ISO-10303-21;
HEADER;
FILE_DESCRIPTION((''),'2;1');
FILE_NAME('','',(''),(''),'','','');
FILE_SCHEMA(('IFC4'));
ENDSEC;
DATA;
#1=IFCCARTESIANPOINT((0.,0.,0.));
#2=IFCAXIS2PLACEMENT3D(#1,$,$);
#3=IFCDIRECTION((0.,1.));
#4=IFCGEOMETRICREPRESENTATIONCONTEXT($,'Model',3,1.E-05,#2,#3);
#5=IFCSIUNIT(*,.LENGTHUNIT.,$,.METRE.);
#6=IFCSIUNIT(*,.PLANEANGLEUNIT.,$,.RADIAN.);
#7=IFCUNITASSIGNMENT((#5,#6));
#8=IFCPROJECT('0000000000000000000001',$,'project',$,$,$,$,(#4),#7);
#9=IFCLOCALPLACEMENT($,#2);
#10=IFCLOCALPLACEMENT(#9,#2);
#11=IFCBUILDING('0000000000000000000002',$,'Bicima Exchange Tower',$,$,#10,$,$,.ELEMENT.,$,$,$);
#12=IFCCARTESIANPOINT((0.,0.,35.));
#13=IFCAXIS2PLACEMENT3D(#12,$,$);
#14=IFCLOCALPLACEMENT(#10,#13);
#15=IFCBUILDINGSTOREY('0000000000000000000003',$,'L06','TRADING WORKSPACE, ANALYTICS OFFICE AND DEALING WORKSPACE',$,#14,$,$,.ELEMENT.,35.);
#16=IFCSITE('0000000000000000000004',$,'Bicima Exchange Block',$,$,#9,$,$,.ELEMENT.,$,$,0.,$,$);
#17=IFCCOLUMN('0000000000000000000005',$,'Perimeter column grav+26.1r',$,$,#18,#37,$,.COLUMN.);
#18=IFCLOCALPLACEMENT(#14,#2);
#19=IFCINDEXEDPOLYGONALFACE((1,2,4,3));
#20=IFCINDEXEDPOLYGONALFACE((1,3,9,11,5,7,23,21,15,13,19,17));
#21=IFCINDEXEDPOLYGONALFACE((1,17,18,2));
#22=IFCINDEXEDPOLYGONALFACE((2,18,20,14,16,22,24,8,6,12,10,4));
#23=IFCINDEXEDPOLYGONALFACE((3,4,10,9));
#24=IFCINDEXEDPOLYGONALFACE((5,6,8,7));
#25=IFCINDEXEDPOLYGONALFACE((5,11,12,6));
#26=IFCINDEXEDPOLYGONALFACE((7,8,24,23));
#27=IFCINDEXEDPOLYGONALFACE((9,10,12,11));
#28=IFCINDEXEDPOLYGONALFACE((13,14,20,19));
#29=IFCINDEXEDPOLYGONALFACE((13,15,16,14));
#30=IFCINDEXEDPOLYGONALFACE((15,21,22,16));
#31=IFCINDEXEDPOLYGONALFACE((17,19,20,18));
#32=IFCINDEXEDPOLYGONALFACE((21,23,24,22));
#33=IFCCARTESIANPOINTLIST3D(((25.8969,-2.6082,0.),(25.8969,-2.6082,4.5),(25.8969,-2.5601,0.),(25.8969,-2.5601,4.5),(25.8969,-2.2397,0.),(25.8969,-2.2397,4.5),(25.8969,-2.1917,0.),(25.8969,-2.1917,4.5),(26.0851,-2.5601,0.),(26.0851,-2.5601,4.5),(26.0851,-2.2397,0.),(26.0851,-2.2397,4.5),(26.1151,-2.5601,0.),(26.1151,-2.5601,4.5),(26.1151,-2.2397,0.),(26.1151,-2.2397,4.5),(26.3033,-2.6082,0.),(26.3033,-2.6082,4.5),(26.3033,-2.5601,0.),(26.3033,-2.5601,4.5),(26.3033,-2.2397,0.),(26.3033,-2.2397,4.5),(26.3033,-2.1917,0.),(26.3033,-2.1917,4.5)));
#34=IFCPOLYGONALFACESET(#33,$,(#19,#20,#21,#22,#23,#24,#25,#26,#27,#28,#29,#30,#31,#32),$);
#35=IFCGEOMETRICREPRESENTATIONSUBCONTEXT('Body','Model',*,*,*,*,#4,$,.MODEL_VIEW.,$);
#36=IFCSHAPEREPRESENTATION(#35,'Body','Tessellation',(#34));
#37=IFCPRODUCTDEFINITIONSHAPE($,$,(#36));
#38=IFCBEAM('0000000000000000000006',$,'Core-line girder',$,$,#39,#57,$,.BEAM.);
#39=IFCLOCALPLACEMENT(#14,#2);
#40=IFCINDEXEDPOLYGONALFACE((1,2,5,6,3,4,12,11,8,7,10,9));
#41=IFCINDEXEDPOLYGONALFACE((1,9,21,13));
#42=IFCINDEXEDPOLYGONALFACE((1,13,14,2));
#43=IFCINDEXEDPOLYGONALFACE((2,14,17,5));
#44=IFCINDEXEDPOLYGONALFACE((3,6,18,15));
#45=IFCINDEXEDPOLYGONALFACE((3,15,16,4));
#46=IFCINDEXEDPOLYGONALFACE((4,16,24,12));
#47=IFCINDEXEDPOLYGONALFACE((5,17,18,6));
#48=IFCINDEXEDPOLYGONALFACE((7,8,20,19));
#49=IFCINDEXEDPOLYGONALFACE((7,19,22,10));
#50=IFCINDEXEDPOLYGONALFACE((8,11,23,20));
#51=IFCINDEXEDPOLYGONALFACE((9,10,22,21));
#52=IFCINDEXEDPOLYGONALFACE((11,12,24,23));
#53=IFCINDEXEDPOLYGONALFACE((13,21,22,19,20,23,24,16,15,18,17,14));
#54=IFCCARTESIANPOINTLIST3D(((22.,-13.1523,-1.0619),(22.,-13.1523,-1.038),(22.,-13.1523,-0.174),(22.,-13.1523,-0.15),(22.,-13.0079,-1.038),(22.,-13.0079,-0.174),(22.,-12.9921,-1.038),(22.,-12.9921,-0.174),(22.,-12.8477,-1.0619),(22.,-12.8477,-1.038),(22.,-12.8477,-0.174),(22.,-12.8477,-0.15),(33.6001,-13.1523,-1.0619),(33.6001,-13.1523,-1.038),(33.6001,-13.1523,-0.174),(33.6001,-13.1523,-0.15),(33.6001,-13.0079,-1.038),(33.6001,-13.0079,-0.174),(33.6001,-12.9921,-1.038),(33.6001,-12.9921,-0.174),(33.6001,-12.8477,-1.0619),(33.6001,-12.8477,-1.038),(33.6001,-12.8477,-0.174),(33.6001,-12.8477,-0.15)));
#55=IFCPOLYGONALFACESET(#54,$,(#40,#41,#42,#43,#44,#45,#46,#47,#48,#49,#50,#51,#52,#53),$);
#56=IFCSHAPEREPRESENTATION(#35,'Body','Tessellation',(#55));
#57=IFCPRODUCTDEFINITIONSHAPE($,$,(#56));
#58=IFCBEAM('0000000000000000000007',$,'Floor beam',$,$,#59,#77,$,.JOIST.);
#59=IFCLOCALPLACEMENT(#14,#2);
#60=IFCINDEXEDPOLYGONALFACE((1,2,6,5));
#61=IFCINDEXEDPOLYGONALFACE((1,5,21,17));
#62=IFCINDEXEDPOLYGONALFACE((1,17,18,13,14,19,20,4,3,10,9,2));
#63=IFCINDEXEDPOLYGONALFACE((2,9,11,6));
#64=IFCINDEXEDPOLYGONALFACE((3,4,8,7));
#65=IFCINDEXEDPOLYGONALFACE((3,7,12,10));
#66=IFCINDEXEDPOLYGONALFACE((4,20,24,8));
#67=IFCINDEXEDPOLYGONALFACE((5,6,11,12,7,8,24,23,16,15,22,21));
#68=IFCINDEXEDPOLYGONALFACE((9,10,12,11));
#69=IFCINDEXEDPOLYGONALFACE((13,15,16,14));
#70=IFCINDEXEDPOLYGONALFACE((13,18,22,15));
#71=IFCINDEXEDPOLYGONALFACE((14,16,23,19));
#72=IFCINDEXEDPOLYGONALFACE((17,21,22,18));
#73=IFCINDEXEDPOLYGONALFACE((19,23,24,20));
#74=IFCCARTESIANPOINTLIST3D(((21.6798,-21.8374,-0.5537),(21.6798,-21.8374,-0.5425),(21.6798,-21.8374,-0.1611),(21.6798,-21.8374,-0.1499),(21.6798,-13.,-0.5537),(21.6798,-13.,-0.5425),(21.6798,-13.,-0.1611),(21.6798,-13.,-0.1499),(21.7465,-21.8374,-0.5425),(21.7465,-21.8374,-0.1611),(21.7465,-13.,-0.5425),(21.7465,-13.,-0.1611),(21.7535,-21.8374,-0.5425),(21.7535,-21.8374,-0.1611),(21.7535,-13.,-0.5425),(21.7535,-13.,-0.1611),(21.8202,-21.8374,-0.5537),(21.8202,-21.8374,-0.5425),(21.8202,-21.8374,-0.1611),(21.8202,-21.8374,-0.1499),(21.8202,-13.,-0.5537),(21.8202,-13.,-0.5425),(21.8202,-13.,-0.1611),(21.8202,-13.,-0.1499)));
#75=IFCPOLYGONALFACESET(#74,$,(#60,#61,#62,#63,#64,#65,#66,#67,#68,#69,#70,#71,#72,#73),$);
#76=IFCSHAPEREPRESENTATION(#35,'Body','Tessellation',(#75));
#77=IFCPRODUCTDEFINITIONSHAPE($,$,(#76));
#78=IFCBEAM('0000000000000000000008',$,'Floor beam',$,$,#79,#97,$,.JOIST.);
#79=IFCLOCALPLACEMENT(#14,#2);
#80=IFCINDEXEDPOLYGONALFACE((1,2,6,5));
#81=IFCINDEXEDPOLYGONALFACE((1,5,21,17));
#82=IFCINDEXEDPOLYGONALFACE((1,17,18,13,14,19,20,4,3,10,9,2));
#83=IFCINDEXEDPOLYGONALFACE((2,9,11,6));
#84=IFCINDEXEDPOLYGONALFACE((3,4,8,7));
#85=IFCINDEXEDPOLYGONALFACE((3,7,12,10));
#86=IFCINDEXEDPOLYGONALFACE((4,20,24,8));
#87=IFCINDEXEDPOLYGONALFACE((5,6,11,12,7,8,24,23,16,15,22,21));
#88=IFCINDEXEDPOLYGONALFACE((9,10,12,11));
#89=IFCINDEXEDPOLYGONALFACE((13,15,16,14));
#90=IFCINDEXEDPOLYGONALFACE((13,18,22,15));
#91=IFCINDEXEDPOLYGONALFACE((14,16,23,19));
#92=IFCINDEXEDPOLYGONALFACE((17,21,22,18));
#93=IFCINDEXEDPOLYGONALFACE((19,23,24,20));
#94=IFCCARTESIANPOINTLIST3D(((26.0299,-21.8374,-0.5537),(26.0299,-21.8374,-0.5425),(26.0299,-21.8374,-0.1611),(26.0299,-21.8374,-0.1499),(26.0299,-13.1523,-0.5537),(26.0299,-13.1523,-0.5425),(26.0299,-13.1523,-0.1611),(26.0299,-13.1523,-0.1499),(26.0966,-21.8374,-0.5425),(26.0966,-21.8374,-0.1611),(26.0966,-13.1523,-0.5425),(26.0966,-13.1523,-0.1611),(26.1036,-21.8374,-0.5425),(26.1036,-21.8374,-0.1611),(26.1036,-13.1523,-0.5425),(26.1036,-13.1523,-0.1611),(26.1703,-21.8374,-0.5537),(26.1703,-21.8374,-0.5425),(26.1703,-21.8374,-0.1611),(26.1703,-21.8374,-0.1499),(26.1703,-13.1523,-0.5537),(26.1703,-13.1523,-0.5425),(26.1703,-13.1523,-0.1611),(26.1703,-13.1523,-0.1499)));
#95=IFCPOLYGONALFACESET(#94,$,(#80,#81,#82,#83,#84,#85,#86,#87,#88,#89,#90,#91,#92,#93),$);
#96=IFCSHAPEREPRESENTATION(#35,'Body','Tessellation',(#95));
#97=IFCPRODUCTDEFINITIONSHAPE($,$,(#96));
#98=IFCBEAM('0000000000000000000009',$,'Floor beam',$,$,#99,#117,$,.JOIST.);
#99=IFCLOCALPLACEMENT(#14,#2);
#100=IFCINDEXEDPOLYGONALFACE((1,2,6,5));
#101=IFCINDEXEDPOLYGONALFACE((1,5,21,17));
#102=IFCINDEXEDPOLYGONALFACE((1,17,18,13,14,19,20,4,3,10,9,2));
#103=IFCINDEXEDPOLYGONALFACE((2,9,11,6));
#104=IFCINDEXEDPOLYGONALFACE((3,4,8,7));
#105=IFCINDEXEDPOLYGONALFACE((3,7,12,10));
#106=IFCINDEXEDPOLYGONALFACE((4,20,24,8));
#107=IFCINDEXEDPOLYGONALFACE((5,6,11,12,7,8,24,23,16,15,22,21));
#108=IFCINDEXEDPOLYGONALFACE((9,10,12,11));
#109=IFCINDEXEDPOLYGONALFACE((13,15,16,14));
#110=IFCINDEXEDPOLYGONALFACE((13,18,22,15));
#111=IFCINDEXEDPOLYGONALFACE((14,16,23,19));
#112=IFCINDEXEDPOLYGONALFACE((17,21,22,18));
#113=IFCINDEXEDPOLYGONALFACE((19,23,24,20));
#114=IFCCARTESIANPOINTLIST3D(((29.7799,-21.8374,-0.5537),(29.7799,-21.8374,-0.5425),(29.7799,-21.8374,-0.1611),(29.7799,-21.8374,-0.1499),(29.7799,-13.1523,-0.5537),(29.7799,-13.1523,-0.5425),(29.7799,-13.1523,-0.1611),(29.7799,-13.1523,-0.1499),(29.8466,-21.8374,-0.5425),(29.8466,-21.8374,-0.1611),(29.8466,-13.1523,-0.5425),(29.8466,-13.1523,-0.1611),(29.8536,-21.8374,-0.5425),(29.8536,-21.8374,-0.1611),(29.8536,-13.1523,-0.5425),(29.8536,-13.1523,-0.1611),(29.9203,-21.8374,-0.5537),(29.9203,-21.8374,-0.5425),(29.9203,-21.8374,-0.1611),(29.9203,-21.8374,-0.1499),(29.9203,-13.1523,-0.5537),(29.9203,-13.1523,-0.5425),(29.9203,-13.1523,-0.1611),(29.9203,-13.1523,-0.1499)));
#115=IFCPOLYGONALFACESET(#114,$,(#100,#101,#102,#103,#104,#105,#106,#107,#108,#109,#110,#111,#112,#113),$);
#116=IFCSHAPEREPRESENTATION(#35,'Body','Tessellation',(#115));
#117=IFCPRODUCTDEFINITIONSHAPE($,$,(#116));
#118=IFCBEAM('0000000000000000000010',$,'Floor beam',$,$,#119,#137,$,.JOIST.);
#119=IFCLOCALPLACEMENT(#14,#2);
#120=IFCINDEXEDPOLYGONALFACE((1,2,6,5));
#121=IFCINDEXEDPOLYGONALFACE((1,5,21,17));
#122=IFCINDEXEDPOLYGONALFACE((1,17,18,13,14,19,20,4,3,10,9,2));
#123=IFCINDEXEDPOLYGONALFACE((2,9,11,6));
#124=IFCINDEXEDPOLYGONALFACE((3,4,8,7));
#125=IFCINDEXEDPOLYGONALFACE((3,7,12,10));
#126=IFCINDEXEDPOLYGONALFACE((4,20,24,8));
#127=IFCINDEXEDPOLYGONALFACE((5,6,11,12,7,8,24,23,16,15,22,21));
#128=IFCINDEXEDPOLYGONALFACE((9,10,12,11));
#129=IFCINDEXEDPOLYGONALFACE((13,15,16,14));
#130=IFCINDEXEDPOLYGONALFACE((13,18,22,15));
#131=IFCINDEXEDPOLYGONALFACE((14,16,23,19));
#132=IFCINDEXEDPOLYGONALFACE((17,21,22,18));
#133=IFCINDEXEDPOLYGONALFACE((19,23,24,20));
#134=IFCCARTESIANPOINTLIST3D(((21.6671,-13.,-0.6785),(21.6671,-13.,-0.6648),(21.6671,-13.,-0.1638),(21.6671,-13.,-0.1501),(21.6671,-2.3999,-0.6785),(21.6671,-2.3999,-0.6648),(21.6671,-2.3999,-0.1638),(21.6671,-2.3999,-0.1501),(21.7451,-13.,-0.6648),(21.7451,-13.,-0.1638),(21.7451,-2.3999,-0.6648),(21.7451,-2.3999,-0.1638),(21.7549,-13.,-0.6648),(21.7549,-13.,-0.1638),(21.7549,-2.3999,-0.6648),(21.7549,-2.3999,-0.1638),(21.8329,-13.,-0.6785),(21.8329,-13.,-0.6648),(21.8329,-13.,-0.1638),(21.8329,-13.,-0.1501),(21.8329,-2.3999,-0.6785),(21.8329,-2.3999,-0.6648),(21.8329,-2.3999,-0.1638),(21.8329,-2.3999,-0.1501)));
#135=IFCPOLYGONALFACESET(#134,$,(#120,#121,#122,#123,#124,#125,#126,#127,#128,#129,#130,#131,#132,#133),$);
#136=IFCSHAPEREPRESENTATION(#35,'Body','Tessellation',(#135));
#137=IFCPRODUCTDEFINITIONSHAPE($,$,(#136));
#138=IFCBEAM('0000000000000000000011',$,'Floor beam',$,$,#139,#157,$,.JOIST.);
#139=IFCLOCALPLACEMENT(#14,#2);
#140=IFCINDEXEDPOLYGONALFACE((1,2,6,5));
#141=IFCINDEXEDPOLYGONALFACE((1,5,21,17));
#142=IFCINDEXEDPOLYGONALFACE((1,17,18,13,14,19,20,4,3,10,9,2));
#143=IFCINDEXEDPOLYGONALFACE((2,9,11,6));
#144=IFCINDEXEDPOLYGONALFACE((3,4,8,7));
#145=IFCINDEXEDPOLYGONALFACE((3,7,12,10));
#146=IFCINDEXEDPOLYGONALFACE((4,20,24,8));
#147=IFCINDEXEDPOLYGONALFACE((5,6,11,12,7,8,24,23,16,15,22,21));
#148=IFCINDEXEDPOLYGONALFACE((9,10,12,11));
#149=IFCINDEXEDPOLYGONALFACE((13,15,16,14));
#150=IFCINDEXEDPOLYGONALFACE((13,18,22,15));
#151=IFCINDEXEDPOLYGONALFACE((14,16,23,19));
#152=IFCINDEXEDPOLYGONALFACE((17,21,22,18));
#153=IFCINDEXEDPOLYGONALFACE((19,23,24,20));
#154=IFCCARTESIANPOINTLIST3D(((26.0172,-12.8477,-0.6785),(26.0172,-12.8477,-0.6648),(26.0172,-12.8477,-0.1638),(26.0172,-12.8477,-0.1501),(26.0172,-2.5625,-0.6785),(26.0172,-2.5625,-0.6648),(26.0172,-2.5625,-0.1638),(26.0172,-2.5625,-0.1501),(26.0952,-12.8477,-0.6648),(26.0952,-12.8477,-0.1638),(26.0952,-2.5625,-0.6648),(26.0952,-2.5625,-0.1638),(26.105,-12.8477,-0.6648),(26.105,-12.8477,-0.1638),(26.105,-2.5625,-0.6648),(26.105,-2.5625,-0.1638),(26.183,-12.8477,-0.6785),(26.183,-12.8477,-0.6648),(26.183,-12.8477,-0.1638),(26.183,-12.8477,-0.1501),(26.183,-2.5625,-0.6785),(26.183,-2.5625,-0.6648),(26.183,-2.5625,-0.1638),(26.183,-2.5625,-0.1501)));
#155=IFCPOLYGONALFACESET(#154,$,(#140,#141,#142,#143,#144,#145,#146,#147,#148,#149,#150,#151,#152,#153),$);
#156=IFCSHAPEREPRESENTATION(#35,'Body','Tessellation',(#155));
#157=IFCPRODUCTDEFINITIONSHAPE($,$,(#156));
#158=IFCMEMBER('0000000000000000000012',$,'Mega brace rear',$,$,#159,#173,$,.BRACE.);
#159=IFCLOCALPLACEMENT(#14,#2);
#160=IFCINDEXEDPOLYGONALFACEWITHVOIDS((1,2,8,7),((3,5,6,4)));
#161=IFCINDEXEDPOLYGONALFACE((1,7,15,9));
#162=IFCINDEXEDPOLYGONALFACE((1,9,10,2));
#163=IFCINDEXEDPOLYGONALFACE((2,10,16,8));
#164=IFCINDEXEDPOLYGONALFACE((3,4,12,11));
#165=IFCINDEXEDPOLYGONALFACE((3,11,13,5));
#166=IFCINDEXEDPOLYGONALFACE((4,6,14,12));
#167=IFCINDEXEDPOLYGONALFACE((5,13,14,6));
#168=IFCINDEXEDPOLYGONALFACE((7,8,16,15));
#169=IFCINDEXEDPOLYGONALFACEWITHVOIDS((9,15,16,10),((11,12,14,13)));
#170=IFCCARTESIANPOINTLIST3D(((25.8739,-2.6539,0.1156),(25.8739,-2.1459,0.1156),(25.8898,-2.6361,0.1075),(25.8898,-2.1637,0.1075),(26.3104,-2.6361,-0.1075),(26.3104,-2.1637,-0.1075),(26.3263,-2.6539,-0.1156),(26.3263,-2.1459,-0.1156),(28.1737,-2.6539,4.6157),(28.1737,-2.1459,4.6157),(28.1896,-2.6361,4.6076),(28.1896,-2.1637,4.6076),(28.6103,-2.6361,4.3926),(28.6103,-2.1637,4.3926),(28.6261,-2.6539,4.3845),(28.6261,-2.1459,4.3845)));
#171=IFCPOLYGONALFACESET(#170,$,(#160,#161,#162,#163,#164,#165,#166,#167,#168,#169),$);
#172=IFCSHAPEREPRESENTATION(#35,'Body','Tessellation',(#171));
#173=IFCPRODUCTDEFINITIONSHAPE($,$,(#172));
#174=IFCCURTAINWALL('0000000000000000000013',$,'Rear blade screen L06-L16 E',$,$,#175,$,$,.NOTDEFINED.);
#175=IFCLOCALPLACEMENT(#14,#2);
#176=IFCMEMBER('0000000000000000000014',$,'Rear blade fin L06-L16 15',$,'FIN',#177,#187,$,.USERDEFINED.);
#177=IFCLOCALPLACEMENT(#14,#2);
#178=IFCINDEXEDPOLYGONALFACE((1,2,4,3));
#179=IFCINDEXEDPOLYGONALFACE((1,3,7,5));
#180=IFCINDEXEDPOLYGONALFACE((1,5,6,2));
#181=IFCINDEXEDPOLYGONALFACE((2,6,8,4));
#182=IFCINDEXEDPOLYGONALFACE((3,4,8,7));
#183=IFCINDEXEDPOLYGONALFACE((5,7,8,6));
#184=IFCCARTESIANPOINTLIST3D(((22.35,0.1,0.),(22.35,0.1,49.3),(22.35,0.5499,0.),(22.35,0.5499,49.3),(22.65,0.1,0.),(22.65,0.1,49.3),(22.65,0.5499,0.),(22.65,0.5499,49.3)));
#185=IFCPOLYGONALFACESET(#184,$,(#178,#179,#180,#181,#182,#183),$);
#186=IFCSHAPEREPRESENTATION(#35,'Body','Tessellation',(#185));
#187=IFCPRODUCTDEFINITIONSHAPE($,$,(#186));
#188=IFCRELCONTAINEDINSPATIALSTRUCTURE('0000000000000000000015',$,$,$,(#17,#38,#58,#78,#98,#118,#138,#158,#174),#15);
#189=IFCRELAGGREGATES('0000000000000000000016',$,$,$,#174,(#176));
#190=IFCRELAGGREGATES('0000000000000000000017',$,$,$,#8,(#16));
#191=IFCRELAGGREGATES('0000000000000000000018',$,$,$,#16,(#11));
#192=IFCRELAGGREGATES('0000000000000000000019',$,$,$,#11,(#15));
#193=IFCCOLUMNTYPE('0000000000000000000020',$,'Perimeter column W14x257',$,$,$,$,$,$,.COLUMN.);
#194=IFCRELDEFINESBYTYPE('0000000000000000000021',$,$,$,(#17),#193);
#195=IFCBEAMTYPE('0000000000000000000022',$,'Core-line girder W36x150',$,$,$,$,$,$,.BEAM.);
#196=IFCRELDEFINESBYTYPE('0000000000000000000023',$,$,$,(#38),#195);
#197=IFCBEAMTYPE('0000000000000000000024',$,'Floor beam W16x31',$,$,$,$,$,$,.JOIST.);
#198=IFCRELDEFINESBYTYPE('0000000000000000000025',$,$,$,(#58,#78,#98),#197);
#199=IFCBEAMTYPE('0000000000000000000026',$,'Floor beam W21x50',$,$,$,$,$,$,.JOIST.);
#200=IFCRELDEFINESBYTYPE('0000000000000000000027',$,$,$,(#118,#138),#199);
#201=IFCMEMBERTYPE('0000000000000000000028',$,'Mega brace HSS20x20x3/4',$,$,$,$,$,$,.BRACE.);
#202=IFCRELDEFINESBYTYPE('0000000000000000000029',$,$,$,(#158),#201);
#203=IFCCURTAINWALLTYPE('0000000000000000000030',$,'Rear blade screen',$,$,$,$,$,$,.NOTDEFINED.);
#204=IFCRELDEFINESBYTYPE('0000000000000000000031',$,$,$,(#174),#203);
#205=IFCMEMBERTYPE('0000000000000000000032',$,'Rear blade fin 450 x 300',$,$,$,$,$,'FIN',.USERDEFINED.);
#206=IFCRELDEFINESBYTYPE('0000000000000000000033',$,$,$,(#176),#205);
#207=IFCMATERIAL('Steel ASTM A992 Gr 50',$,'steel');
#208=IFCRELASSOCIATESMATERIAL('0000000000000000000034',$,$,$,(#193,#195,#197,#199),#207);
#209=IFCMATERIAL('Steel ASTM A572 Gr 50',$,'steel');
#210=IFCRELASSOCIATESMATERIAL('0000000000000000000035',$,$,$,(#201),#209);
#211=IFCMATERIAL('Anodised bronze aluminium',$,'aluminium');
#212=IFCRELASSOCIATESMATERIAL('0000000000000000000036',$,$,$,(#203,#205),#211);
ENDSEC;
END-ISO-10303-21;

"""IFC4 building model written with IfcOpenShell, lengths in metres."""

from ifc_helpers import new_model, si_unit, direction, frame, origin, origin_2d, place, context, subcontext, project, spatial, rectangle, hollow_rectangle, i_section, extrude, material, material_profile, profile_set, type_object, element, aggregate, save


model = new_model("IFC4")

# Units and contexts
model_context = context("Model", 3, precision=1e-05, world=origin(), true_north=direction((0.0, 1.0)))
body_context = subcontext(model_context, "Body", "Model", "MODEL_VIEW")
ifc_project = project(units=[si_unit("LENGTHUNIT", "METRE"), si_unit("PLANEANGLEUNIT", "RADIAN")], contexts=[model_context])

# Site, building, storey
site_placement = place(None, origin())
site = spatial("IfcSite", under=ifc_project, at=site_placement, Name="Bicima Exchange Block", CompositionType="ELEMENT", RefElevation=0.0)
building_placement = place(site_placement, origin())
building = spatial("IfcBuilding", under=site, at=building_placement, Name="Bicima Exchange Tower", CompositionType="ELEMENT")
storey_placement = place(building_placement, frame((0.0, 0.0, 35.0)))
storey = spatial("IfcBuildingStorey", under=building, at=storey_placement, Name="L06", Description="TRADING WORKSPACE, ANALYTICS OFFICE AND DEALING WORKSPACE", CompositionType="ELEMENT", Elevation=35.0)

# Column
ifc_material_1 = material(Name="Steel ASTM A992 Gr 50", Category="steel")
ifc_material_profile_1 = material_profile(ifc_material_1, i_section(OverallWidth=0.4065, OverallDepth=0.4165, WebThickness=0.03, FlangeThickness=0.0481, at=origin_2d()))
ifc_profile_set_1 = profile_set([ifc_material_profile_1], Name="Steel ASTM A992 Gr 50")
column_type = type_object("IfcColumnType", Name="Perimeter column W14x257", PredefinedType="COLUMN", material=ifc_profile_set_1)
column_placement = place(storey_placement, frame((26.1001, -2.3999, 0.0), z_axis=(0.0, 0.0, 1.0), x_axis=(1.0, 0.0, 0.0)))
element("IfcColumn", 1, at=column_placement, inside=storey, type_object=column_type, Name="Perimeter column grav+26.1r", PredefinedType="COLUMN", context=body_context, shape_type="SweptSolid", body=[
    extrude(i_section(OverallWidth=0.4065, OverallDepth=0.4165, WebThickness=0.03, FlangeThickness=0.0481, at=origin_2d()), origin(), (0.0, 0.0, 1.0), 4.5),
])

# Beams
ifc_material_profile_2 = material_profile(ifc_material_1, i_section(OverallWidth=0.3047, OverallDepth=0.9119, WebThickness=0.0159, FlangeThickness=0.0239, at=origin_2d()))
ifc_profile_set_2 = profile_set([ifc_material_profile_2], Name="Steel ASTM A992 Gr 50")
beam_type_1 = type_object("IfcBeamType", Name="Core-line girder W36x150", PredefinedType="BEAM", material=ifc_profile_set_2)
beam_1_placement = place(storey_placement, frame((22.0, -13.0, -0.606), z_axis=(1.0, 0.0, 0.0), x_axis=(0.0, 1.0, 0.0)))
element("IfcBeam", 2, at=beam_1_placement, inside=storey, type_object=beam_type_1, Name="Core-line girder", PredefinedType="BEAM", context=body_context, shape_type="SweptSolid", body=[
    extrude(i_section(OverallWidth=0.3047, OverallDepth=0.9119, WebThickness=0.0159, FlangeThickness=0.0239, at=origin_2d()), origin(), (0.0, 0.0, 1.0), 11.6001),
])
ifc_material_profile_3 = material_profile(ifc_material_1, i_section(OverallWidth=0.1404, OverallDepth=0.4038, WebThickness=0.0071, FlangeThickness=0.0112, at=origin_2d()))
ifc_profile_set_3 = profile_set([ifc_material_profile_3], Name="Steel ASTM A992 Gr 50")
beam_type_2 = type_object("IfcBeamType", Name="Floor beam W16x31", PredefinedType="JOIST", material=ifc_profile_set_3)
beam_2_placement = place(storey_placement, frame((21.75, -13.0, -0.3518), z_axis=(0.0, -1.0, 0.0), x_axis=(1.0, 0.0, 0.0)))
element("IfcBeam", 3, at=beam_2_placement, inside=storey, type_object=beam_type_2, Name="Floor beam", PredefinedType="JOIST", context=body_context, shape_type="SweptSolid", body=[
    extrude(i_section(OverallWidth=0.1404, OverallDepth=0.4038, WebThickness=0.0071, FlangeThickness=0.0112, at=origin_2d()), origin(), (0.0, 0.0, 1.0), 8.8374),
])
for number, where, z_axis, x_axis, name in (
    (4, (26.1001, -13.1523, -0.3518), (0.0, -1.0, 0.0), (1.0, 0.0, 0.0), "Floor beam"),
    (5, (29.8501, -13.1523, -0.3518), (0.0, -1.0, 0.0), (1.0, 0.0, 0.0), "Floor beam"),
):
    element("IfcBeam", number, at=place(storey_placement, frame(where, z_axis=z_axis, x_axis=x_axis)), inside=storey, type_object=beam_type_2, Name=name, PredefinedType="JOIST", context=body_context, shape_type="SweptSolid", body=[
        extrude(i_section(OverallWidth=0.1404, OverallDepth=0.4038, WebThickness=0.0071, FlangeThickness=0.0112, at=origin_2d()), origin(), (0.0, 0.0, 1.0), 8.6851),
    ])
ifc_material_profile_4 = material_profile(ifc_material_1, i_section(OverallWidth=0.1658, OverallDepth=0.5283, WebThickness=0.0098, FlangeThickness=0.0137, at=origin_2d()))
ifc_profile_set_4 = profile_set([ifc_material_profile_4], Name="Steel ASTM A992 Gr 50")
beam_type_3 = type_object("IfcBeamType", Name="Floor beam W21x50", PredefinedType="JOIST", material=ifc_profile_set_4)
beam_3_placement = place(storey_placement, frame((21.75, -2.3999, -0.4143), z_axis=(0.0, -1.0, 0.0), x_axis=(1.0, 0.0, 0.0)))
element("IfcBeam", 6, at=beam_3_placement, inside=storey, type_object=beam_type_3, Name="Floor beam", PredefinedType="JOIST", context=body_context, shape_type="SweptSolid", body=[
    extrude(i_section(OverallWidth=0.1658, OverallDepth=0.5283, WebThickness=0.0098, FlangeThickness=0.0137, at=origin_2d()), origin(), (0.0, 0.0, 1.0), 10.6001),
])
beam_4_placement = place(storey_placement, frame((26.1001, -2.5625, -0.4143), z_axis=(0.0, -1.0, 0.0), x_axis=(1.0, 0.0, 0.0)))
element("IfcBeam", 7, at=beam_4_placement, inside=storey, type_object=beam_type_3, Name="Floor beam", PredefinedType="JOIST", context=body_context, shape_type="SweptSolid", body=[
    extrude(i_section(OverallWidth=0.1658, OverallDepth=0.5283, WebThickness=0.0098, FlangeThickness=0.0137, at=origin_2d()), origin(), (0.0, 0.0, 1.0), 10.2852),
])

# Member
ifc_material_2 = material(Name="Steel ASTM A572 Gr 50", Category="steel")
ifc_material_profile_5 = material_profile(ifc_material_2, hollow_rectangle(XDim=0.5081, YDim=0.5081, WallThickness=0.0178, at=origin_2d()))
ifc_profile_set_5 = profile_set([ifc_material_profile_5], Name="Steel ASTM A572 Gr 50")
member_type_1 = type_object("IfcMemberType", Name="Mega brace HSS20x20x3/4", PredefinedType="BRACE", material=ifc_profile_set_5)
member_1_placement = place(storey_placement, frame((26.1001, -2.3999, 0.0), z_axis=(0.45508, 0.0, 0.89045), x_axis=(0.0, 1.0, 0.0)))
element("IfcMember", 8, at=member_1_placement, inside=storey, type_object=member_type_1, Name="Mega brace rear", PredefinedType="BRACE", context=body_context, shape_type="SweptSolid", body=[
    extrude(hollow_rectangle(XDim=0.5081, YDim=0.5081, WallThickness=0.0178, at=origin_2d()), origin(), (0.0, 0.0, 1.0), 5.0537),
])

# Curtain wall, member
ifc_material_3 = material(Name="Anodised bronze aluminium", Category="aluminium")
curtain_wall_type = type_object("IfcCurtainWallType", Name="Rear blade screen", PredefinedType="NOTDEFINED", material=ifc_material_3)
curtain_wall_placement = place(storey_placement, origin())
curtain_wall = element("IfcCurtainWall", 9, at=curtain_wall_placement, inside=storey, type_object=curtain_wall_type, Name="Rear blade screen L06-L16 E", PredefinedType="NOTDEFINED")
ifc_material_profile_6 = material_profile(ifc_material_3, rectangle(XDim=0.45, YDim=0.3, at=origin_2d()))
ifc_profile_set_6 = profile_set([ifc_material_profile_6], Name="Anodised bronze aluminium")
member_type_2 = type_object("IfcMemberType", Name="Rear blade fin 450 x 300", ElementType="FIN", PredefinedType="USERDEFINED", material=ifc_profile_set_6)
member_2_placement = place(storey_placement, frame((22.5, 0.325, 0.0), z_axis=(0.0, 0.0, 1.0), x_axis=(0.0, 1.0, 0.0)))
member_2 = element("IfcMember", 10, at=member_2_placement, type_object=member_type_2, Name="Rear blade fin L06-L16 15", ObjectType="FIN", PredefinedType="USERDEFINED", context=body_context, shape_type="SweptSolid", body=[
    extrude(rectangle(XDim=0.45, YDim=0.3, at=origin_2d()), origin(), (0.0, 0.0, 1.0), 49.3),
])
aggregate(curtain_wall, [member_2])

save(model, "model.ifc")
